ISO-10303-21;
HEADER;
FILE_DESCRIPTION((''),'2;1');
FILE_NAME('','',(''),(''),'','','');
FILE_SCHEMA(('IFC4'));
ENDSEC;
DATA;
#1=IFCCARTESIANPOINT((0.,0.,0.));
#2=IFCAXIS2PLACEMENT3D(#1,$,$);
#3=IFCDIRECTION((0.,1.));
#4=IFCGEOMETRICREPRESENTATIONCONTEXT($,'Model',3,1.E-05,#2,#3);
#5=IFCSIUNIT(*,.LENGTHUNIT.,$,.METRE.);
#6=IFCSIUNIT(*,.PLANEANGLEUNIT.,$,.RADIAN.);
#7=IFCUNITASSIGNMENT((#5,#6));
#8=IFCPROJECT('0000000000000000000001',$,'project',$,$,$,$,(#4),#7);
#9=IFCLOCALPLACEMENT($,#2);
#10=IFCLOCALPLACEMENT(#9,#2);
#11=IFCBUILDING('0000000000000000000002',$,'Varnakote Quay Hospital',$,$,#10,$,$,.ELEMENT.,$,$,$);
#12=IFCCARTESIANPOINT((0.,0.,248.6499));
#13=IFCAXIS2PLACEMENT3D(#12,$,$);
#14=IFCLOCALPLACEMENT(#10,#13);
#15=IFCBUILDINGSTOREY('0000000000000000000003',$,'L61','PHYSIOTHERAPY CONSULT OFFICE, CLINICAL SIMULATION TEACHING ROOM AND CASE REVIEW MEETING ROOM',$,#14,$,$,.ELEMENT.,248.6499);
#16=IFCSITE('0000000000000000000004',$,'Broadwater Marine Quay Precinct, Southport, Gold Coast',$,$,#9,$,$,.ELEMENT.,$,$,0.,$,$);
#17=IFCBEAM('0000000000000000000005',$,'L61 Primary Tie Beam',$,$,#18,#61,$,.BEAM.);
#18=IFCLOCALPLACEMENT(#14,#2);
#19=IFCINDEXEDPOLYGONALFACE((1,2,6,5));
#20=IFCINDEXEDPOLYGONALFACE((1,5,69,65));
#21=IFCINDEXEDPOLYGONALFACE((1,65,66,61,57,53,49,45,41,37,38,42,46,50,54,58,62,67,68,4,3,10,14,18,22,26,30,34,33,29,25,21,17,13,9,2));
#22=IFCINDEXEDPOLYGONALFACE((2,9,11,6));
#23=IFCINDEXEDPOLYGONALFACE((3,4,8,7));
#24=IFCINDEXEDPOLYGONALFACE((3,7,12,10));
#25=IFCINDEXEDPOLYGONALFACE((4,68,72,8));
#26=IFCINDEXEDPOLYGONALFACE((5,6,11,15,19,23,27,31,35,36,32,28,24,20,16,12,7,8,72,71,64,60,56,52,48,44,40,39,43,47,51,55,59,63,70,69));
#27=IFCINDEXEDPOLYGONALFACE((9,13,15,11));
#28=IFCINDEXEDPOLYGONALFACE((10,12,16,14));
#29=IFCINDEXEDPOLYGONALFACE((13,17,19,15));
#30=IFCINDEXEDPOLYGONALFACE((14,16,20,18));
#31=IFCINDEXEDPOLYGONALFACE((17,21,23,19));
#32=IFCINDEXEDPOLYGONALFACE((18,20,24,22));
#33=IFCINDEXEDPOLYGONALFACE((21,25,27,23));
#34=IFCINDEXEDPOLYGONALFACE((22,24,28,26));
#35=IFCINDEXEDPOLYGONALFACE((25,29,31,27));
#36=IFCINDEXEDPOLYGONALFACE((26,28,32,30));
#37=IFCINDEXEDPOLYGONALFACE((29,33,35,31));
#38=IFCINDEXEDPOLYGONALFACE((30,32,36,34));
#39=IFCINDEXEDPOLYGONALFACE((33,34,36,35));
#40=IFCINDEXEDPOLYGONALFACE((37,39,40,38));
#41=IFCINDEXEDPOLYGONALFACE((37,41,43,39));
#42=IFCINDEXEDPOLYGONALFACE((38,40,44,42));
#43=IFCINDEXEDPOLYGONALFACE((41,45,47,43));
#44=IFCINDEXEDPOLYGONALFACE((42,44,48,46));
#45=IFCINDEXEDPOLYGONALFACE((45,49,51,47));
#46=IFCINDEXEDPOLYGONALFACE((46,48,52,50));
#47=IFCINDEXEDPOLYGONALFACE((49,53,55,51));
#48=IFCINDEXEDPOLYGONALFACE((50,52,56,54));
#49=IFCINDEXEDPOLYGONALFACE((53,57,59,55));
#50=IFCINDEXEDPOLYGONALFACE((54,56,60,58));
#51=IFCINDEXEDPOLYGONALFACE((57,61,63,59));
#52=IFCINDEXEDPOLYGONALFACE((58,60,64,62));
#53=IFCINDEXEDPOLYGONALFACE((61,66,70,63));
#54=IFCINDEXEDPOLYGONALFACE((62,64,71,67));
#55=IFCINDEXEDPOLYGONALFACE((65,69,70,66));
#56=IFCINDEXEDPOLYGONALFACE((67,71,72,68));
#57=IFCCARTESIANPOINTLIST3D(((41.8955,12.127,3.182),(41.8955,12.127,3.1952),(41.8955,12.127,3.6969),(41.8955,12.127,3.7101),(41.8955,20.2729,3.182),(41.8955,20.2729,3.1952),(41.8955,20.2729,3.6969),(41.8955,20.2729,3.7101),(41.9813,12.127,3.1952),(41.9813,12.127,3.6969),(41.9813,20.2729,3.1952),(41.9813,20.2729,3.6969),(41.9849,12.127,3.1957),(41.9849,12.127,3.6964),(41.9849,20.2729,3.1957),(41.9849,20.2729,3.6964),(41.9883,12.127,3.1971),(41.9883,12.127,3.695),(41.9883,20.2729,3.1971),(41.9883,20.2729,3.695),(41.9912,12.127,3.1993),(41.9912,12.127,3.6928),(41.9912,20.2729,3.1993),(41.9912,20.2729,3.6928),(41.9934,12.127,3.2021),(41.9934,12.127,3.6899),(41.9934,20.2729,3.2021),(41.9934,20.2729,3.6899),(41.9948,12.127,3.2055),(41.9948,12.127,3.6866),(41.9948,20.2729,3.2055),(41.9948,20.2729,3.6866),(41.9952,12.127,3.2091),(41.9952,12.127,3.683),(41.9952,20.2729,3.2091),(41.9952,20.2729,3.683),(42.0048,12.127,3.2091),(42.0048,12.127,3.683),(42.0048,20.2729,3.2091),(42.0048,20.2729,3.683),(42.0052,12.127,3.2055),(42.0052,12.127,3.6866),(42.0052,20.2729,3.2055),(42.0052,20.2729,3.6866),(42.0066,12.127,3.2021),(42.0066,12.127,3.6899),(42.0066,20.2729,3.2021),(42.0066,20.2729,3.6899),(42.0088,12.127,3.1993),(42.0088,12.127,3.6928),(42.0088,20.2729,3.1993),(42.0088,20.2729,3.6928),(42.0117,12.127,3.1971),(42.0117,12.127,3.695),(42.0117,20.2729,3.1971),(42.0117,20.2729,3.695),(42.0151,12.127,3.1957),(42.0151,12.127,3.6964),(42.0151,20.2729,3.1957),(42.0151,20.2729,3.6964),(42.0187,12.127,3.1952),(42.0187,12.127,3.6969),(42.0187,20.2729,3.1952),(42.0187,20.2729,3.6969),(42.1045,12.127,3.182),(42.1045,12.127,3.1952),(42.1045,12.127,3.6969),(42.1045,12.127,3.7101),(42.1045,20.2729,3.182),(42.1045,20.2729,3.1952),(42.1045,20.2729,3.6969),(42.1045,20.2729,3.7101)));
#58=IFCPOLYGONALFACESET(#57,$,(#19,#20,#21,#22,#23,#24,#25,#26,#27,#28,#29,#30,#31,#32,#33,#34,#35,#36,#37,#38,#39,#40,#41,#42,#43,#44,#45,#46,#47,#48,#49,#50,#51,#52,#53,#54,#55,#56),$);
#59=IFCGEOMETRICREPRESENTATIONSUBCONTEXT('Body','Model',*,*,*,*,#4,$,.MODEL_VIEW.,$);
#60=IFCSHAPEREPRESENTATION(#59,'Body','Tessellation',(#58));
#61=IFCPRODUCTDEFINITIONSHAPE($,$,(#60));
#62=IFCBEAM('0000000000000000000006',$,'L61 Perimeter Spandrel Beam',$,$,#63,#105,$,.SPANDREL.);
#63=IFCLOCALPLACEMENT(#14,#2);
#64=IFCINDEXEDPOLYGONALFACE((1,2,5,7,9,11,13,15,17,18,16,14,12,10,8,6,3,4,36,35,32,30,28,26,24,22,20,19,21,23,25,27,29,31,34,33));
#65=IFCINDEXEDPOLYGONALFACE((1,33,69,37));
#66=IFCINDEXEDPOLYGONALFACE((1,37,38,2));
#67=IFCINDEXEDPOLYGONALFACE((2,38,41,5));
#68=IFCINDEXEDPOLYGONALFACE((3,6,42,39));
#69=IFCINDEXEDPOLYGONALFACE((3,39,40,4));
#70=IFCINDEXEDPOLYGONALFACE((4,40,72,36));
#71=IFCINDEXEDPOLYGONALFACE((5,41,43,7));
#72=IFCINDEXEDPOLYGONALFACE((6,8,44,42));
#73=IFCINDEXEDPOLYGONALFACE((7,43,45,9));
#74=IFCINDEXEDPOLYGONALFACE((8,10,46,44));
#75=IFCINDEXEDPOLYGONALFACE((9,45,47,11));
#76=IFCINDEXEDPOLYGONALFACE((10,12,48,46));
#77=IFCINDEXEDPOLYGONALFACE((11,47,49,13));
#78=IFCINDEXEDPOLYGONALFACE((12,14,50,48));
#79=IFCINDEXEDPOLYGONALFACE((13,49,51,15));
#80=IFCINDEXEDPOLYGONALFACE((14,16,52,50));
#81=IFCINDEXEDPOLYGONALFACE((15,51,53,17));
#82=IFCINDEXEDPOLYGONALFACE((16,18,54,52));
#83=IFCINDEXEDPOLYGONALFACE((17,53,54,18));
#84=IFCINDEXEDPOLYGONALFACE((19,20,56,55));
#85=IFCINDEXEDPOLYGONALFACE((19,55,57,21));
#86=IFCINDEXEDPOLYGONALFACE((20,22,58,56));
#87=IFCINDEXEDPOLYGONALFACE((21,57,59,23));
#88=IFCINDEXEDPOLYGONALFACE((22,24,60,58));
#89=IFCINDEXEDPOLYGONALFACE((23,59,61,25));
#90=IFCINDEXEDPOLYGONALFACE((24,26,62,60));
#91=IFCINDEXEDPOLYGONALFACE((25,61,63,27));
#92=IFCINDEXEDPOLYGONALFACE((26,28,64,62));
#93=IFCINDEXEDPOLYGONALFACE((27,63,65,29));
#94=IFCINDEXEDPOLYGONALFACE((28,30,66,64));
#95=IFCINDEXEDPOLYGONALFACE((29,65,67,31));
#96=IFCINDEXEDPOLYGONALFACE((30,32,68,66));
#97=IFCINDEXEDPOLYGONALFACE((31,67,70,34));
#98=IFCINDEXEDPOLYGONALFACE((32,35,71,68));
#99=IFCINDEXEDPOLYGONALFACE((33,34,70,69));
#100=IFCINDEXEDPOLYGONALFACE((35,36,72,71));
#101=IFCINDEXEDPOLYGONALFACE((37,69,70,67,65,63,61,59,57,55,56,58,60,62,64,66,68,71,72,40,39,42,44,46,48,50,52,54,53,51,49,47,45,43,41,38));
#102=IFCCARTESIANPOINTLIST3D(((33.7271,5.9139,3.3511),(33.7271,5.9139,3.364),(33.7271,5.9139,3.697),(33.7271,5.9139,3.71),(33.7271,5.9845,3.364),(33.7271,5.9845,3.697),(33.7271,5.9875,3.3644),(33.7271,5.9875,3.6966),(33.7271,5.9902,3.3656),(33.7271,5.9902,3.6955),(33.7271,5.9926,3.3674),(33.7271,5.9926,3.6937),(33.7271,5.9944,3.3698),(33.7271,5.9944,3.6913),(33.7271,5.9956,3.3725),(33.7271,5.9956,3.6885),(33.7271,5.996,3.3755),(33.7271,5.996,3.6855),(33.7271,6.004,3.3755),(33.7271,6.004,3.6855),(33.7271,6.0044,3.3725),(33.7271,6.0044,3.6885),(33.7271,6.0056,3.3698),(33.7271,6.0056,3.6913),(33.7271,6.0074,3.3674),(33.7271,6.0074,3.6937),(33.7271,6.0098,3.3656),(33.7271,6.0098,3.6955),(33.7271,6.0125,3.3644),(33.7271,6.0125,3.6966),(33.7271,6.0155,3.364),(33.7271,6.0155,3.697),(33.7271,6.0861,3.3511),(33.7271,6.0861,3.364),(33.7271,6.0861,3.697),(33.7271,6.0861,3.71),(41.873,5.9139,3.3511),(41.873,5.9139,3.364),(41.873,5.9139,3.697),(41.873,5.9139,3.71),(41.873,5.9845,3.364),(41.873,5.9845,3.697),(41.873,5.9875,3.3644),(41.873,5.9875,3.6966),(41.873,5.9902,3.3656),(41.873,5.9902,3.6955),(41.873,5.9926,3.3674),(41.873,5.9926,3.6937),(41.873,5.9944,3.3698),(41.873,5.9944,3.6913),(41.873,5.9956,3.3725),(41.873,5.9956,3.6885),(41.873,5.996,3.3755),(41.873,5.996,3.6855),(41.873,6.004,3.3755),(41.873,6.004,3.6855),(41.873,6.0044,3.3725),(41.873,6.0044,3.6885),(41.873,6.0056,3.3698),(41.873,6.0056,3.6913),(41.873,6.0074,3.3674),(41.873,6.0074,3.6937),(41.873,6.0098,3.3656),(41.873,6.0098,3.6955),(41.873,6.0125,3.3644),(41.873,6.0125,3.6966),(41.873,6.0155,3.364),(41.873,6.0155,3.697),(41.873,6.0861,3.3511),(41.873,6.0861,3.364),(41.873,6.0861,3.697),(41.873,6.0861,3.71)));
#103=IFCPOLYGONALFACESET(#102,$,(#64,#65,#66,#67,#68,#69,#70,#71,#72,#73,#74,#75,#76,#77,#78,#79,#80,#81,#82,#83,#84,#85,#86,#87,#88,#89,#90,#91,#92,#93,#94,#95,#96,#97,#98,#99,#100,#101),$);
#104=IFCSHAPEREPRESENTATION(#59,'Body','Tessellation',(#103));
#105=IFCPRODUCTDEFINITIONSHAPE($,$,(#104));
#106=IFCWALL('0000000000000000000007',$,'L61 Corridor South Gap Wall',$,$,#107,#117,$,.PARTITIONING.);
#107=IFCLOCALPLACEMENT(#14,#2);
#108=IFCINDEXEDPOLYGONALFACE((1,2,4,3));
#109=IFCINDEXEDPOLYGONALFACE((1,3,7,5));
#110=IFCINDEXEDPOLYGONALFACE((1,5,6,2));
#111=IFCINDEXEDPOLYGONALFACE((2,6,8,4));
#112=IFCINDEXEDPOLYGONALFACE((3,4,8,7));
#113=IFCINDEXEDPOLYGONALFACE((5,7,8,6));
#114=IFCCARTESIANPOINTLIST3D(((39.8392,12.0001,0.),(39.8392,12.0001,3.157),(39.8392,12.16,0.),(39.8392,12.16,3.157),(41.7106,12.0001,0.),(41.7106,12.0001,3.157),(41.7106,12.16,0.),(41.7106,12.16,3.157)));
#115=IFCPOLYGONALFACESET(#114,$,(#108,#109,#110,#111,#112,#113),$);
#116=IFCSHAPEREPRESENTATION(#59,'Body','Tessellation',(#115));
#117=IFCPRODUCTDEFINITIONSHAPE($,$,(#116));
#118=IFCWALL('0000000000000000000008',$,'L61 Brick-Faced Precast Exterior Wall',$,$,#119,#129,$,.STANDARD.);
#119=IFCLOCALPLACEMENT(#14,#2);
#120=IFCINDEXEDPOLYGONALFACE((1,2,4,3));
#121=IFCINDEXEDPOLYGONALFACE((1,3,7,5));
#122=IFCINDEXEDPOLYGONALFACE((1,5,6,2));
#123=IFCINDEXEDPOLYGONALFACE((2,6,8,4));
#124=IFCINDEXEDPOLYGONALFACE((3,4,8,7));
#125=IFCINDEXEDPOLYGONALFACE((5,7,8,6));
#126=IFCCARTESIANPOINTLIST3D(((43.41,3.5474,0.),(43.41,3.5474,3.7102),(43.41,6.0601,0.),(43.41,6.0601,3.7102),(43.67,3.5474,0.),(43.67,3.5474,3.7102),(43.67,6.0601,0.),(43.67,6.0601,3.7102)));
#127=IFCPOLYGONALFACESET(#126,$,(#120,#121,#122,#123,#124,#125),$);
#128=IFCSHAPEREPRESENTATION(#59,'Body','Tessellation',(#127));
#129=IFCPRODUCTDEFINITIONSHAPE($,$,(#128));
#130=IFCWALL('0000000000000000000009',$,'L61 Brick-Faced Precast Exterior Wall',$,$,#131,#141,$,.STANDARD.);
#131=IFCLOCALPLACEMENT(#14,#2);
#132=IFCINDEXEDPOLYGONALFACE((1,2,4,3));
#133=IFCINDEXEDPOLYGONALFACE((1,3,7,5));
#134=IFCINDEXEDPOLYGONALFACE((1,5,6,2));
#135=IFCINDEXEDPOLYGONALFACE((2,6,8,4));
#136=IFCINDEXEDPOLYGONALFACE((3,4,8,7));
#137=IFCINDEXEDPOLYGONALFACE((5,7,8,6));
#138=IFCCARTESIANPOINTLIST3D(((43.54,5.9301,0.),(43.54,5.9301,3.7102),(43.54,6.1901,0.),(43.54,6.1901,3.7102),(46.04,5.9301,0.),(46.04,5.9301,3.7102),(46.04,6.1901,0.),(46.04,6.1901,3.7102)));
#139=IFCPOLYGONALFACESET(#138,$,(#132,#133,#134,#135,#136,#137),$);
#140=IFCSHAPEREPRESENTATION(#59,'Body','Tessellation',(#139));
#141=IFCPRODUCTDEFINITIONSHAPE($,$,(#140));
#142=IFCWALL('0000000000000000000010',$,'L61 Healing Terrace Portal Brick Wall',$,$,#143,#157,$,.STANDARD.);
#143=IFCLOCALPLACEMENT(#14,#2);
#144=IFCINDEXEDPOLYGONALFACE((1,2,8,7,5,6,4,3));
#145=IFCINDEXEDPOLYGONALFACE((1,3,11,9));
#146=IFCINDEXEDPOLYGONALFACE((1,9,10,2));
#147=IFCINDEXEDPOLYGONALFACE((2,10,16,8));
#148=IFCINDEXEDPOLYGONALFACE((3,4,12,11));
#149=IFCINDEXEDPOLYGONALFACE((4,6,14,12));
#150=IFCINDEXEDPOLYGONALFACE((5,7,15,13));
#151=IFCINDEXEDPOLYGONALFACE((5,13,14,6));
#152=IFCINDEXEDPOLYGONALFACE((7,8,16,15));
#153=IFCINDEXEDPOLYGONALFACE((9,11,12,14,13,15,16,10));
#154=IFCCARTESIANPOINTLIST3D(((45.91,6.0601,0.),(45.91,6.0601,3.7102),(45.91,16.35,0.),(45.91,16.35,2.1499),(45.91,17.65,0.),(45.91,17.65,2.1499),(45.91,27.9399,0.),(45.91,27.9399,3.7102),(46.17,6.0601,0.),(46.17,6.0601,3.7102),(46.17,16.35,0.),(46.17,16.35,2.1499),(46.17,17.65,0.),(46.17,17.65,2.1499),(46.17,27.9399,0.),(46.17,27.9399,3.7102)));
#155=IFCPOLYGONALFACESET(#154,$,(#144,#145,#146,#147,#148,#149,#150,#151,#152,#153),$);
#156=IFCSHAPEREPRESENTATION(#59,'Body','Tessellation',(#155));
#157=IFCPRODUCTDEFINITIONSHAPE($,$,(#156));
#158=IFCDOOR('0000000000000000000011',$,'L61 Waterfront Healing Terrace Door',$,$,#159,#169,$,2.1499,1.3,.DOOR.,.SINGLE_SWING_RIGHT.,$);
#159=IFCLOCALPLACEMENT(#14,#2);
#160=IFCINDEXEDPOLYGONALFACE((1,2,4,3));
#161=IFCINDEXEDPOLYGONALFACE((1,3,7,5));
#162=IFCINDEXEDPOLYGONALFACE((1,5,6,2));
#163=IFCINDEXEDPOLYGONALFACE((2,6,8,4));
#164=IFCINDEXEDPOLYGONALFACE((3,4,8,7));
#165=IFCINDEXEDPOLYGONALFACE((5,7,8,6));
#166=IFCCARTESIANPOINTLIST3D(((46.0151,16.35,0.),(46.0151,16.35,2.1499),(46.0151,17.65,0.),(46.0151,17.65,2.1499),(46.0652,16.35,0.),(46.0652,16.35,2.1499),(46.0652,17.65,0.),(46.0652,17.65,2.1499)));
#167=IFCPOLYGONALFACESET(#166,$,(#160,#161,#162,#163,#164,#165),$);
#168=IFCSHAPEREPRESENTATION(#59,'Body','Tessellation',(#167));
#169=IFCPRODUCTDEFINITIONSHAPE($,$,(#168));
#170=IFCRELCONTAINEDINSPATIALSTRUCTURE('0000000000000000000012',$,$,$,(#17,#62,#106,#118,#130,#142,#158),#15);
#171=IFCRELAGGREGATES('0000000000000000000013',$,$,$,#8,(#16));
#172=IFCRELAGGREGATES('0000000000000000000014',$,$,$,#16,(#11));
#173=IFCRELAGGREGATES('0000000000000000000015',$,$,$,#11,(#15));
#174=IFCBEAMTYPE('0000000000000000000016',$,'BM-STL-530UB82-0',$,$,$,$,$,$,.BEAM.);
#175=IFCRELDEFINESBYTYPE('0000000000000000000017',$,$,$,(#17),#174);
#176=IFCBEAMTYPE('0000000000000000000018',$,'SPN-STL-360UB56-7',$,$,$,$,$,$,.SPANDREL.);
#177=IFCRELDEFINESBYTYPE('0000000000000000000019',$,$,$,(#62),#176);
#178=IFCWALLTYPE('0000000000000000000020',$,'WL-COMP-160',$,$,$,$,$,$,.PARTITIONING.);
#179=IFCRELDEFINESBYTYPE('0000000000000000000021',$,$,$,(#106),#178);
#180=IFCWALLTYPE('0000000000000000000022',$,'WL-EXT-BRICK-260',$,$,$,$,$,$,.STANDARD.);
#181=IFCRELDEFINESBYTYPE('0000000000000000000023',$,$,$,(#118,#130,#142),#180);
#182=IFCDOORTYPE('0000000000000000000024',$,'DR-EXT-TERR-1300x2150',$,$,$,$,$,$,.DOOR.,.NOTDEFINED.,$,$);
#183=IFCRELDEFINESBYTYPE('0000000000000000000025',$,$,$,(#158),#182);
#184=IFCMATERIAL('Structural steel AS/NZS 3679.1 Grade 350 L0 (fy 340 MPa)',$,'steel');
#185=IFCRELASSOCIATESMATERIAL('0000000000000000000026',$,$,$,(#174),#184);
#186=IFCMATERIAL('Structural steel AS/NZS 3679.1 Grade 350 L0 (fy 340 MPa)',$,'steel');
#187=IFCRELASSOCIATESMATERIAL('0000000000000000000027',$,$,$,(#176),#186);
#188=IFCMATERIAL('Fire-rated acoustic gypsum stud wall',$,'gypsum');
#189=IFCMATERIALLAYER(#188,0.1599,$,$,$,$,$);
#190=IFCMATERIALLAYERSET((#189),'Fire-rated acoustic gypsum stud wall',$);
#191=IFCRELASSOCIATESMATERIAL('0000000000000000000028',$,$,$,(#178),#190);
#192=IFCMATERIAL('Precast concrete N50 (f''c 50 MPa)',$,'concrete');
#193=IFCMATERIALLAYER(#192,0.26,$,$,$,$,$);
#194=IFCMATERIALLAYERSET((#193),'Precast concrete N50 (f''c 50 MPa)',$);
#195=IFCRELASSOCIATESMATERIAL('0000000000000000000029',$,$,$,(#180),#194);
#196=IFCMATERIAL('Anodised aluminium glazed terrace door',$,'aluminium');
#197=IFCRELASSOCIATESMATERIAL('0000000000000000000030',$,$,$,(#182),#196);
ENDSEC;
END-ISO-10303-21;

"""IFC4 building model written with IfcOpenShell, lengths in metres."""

from ifc_helpers import new_model, si_unit, direction, frame, frame_2d, origin, origin_2d, place, context, subcontext, project, spatial, rectangle, i_section, extrude, material, layer, layer_set, material_profile, profile_set, type_object, element, fill, save


model = new_model("IFC4")

# Units and contexts
model_context = context("Model", 3, precision=1e-05, world=origin(), true_north=direction((0.0, 1.0)))
body_context = subcontext(model_context, "Body", "Model", "MODEL_VIEW")
ifc_project = project(units=[si_unit("LENGTHUNIT", "METRE"), si_unit("PLANEANGLEUNIT", "RADIAN")], contexts=[model_context])

# Site, building, storey
site_placement = place(None, origin())
site = spatial("IfcSite", under=ifc_project, at=site_placement, Name="Broadwater Marine Quay Precinct, Southport, Gold Coast", CompositionType="ELEMENT", RefElevation=0.0)
building_placement = place(site_placement, origin())
building = spatial("IfcBuilding", under=site, at=building_placement, Name="Varnakote Quay Hospital", CompositionType="ELEMENT")
storey_placement = place(building_placement, frame((0.0, 0.0, 248.6499)))
storey = spatial("IfcBuildingStorey", under=building, at=storey_placement, Name="L61", Description="PHYSIOTHERAPY CONSULT OFFICE, CLINICAL SIMULATION TEACHING ROOM AND CASE REVIEW MEETING ROOM", CompositionType="ELEMENT", Elevation=248.6499)

# Beams
ifc_material_1 = material(Name="Structural steel AS/NZS 3679.1 Grade 350 L0 (fy 340 MPa)", Category="steel")
ifc_material_profile_1 = material_profile(ifc_material_1, i_section(OverallWidth=0.209, OverallDepth=0.5281, WebThickness=0.0095, FlangeThickness=0.0132, FilletRadius=0.0139, at=origin_2d()), Name="530UB82.0")
ifc_profile_set_1 = profile_set([ifc_material_profile_1], Name="Structural steel AS/NZS 3679.1 Grade 350 L0 (fy 340 MPa)")
beam_type_1 = type_object("IfcBeamType", Name="BM-STL-530UB82-0", PredefinedType="BEAM", material=ifc_profile_set_1)
beam_1_placement = place(storey_placement, frame((42.0, 12.127, 3.446), z_axis=(0.0, 1.0, 0.0), x_axis=(-1.0, 0.0, 0.0)))
element("IfcBeam", 1, at=beam_1_placement, inside=storey, type_object=beam_type_1, Name="L61 Primary Tie Beam", PredefinedType="BEAM", context=body_context, shape_type="SweptSolid", body=[
    extrude(i_section(OverallWidth=0.209, OverallDepth=0.5281, WebThickness=0.0095, FlangeThickness=0.0132, FilletRadius=0.0139, at=origin_2d()), origin(), (0.0, 0.0, 1.0), 8.146),
])
ifc_material_2 = material(Name="Structural steel AS/NZS 3679.1 Grade 350 L0 (fy 340 MPa)", Category="steel")
ifc_material_profile_2 = material_profile(ifc_material_2, i_section(OverallWidth=0.1721, OverallDepth=0.3589, WebThickness=0.0081, FlangeThickness=0.0129, FilletRadius=0.0115, at=origin_2d()), Name="360UB56.7")
ifc_profile_set_2 = profile_set([ifc_material_profile_2], Name="Structural steel AS/NZS 3679.1 Grade 350 L0 (fy 340 MPa)")
beam_type_2 = type_object("IfcBeamType", Name="SPN-STL-360UB56-7", PredefinedType="SPANDREL", material=ifc_profile_set_2)
beam_2_placement = place(storey_placement, frame((33.7271, 6.0, 3.5305), z_axis=(1.0, 0.0, 0.0), x_axis=(0.0, 1.0, 0.0)))
element("IfcBeam", 2, at=beam_2_placement, inside=storey, type_object=beam_type_2, Name="L61 Perimeter Spandrel Beam", PredefinedType="SPANDREL", context=body_context, shape_type="SweptSolid", body=[
    extrude(i_section(OverallWidth=0.1721, OverallDepth=0.3589, WebThickness=0.0081, FlangeThickness=0.0129, FilletRadius=0.0115, at=origin_2d()), origin(), (0.0, 0.0, 1.0), 8.146),
])

# Walls
ifc_material_3 = material(Name="Fire-rated acoustic gypsum stud wall", Category="gypsum")
ifc_layer_1 = layer(ifc_material_3, 0.1599)
ifc_layer_set_1 = layer_set([ifc_layer_1], Name="Fire-rated acoustic gypsum stud wall")
wall_type_1 = type_object("IfcWallType", Name="WL-COMP-160", PredefinedType="PARTITIONING", material=ifc_layer_set_1)
wall_1_placement = place(storey_placement, frame((39.8394, 12.0801, 0.0), z_axis=(0.0, 0.0, 1.0), x_axis=(1.0, 0.0, 0.0)))
element("IfcWall", 3, at=wall_1_placement, inside=storey, type_object=wall_type_1, Name="L61 Corridor South Gap Wall", PredefinedType="PARTITIONING", context=body_context, shape_type="SweptSolid", body=[
    extrude(rectangle(XDim=1.8713, YDim=0.1599, at=frame_2d((0.9355, 0.0))), origin(), (0.0, 0.0, 1.0), 3.157),
])
ifc_material_4 = material(Name="Precast concrete N50 (f'c 50 MPa)", Category="concrete")
ifc_layer_2 = layer(ifc_material_4, 0.26)
ifc_layer_set_2 = layer_set([ifc_layer_2], Name="Precast concrete N50 (f'c 50 MPa)")
wall_type_2 = type_object("IfcWallType", Name="WL-EXT-BRICK-260", PredefinedType="STANDARD", material=ifc_layer_set_2)
wall_2_placement = place(storey_placement, frame((43.54, 3.5474, 0.0), z_axis=(0.0, 0.0, 1.0), x_axis=(0.0, 1.0, 0.0)))
element("IfcWall", 4, at=wall_2_placement, inside=storey, type_object=wall_type_2, Name="L61 Brick-Faced Precast Exterior Wall", PredefinedType="STANDARD", context=body_context, shape_type="SweptSolid", body=[
    extrude(rectangle(XDim=2.5127, YDim=0.26, at=frame_2d((1.2563, 0.0))), origin(), (0.0, 0.0, 1.0), 3.7102),
])
wall_3_placement = place(storey_placement, frame((43.54, 6.0601, 0.0), z_axis=(0.0, 0.0, 1.0), x_axis=(1.0, 0.0, 0.0)))
element("IfcWall", 5, at=wall_3_placement, inside=storey, type_object=wall_type_2, Name="L61 Brick-Faced Precast Exterior Wall", PredefinedType="STANDARD", context=body_context, shape_type="SweptSolid", body=[
    extrude(rectangle(XDim=2.5, YDim=0.26, at=frame_2d((1.25, 0.0))), origin(), (0.0, 0.0, 1.0), 3.7102),
])

# Wall, opening, door
wall_4_placement = place(storey_placement, frame((46.04, 6.0601, 0.0), z_axis=(0.0, 0.0, 1.0), x_axis=(0.0, 1.0, 0.0)))
wall_4 = element("IfcWall", 6, at=wall_4_placement, inside=storey, type_object=wall_type_2, Name="L61 Healing Terrace Portal Brick Wall", PredefinedType="STANDARD", context=body_context, shape_type="SweptSolid", body=[
    extrude(rectangle(XDim=21.8799, YDim=0.26, at=frame_2d((10.9399, 0.0))), origin(), (0.0, 0.0, 1.0), 3.7102),
])
opening_1_placement = place(wall_4_placement, frame((10.29, 0.0, 0.0)))
opening_1 = element("IfcOpeningElement", 7, at=opening_1_placement, cuts=wall_4, PredefinedType="OPENING", context=body_context, shape_type="SweptSolid", body=[
    extrude(rectangle(XDim=1.3, YDim=2.1499, at=frame_2d((0.6499, 1.075))), frame((0.0, 0.1399, 0.0), z_axis=(0.0, -1.0, 0.0), x_axis=(1.0, 0.0, 0.0)), (0.0, 0.0, 1.0), 0.28),
])
ifc_material_5 = material(Name="Anodised aluminium glazed terrace door", Category="aluminium")
door_type_1 = type_object("IfcDoorType", Name="DR-EXT-TERR-1300x2150", OperationType="NOTDEFINED", PredefinedType="DOOR", material=ifc_material_5)
door_1_placement = place(opening_1_placement, origin())
door_1 = element("IfcDoor", 8, at=door_1_placement, inside=storey, type_object=door_type_1, Name="L61 Waterfront Healing Terrace Door", OperationType="SINGLE_SWING_RIGHT", OverallHeight=2.1499, OverallWidth=1.3, PredefinedType="DOOR", context=body_context, shape_type="SweptSolid", body=[
    extrude(rectangle(XDim=1.3, YDim=2.1499, at=frame_2d((0.6499, 1.075))), frame((0.0, 0.0249, 0.0), z_axis=(0.0, -1.0, 0.0), x_axis=(1.0, 0.0, 0.0)), (0.0, 0.0, 1.0), 0.05),
])
fill(opening_1, door_1)

save(model, "model.ifc")
